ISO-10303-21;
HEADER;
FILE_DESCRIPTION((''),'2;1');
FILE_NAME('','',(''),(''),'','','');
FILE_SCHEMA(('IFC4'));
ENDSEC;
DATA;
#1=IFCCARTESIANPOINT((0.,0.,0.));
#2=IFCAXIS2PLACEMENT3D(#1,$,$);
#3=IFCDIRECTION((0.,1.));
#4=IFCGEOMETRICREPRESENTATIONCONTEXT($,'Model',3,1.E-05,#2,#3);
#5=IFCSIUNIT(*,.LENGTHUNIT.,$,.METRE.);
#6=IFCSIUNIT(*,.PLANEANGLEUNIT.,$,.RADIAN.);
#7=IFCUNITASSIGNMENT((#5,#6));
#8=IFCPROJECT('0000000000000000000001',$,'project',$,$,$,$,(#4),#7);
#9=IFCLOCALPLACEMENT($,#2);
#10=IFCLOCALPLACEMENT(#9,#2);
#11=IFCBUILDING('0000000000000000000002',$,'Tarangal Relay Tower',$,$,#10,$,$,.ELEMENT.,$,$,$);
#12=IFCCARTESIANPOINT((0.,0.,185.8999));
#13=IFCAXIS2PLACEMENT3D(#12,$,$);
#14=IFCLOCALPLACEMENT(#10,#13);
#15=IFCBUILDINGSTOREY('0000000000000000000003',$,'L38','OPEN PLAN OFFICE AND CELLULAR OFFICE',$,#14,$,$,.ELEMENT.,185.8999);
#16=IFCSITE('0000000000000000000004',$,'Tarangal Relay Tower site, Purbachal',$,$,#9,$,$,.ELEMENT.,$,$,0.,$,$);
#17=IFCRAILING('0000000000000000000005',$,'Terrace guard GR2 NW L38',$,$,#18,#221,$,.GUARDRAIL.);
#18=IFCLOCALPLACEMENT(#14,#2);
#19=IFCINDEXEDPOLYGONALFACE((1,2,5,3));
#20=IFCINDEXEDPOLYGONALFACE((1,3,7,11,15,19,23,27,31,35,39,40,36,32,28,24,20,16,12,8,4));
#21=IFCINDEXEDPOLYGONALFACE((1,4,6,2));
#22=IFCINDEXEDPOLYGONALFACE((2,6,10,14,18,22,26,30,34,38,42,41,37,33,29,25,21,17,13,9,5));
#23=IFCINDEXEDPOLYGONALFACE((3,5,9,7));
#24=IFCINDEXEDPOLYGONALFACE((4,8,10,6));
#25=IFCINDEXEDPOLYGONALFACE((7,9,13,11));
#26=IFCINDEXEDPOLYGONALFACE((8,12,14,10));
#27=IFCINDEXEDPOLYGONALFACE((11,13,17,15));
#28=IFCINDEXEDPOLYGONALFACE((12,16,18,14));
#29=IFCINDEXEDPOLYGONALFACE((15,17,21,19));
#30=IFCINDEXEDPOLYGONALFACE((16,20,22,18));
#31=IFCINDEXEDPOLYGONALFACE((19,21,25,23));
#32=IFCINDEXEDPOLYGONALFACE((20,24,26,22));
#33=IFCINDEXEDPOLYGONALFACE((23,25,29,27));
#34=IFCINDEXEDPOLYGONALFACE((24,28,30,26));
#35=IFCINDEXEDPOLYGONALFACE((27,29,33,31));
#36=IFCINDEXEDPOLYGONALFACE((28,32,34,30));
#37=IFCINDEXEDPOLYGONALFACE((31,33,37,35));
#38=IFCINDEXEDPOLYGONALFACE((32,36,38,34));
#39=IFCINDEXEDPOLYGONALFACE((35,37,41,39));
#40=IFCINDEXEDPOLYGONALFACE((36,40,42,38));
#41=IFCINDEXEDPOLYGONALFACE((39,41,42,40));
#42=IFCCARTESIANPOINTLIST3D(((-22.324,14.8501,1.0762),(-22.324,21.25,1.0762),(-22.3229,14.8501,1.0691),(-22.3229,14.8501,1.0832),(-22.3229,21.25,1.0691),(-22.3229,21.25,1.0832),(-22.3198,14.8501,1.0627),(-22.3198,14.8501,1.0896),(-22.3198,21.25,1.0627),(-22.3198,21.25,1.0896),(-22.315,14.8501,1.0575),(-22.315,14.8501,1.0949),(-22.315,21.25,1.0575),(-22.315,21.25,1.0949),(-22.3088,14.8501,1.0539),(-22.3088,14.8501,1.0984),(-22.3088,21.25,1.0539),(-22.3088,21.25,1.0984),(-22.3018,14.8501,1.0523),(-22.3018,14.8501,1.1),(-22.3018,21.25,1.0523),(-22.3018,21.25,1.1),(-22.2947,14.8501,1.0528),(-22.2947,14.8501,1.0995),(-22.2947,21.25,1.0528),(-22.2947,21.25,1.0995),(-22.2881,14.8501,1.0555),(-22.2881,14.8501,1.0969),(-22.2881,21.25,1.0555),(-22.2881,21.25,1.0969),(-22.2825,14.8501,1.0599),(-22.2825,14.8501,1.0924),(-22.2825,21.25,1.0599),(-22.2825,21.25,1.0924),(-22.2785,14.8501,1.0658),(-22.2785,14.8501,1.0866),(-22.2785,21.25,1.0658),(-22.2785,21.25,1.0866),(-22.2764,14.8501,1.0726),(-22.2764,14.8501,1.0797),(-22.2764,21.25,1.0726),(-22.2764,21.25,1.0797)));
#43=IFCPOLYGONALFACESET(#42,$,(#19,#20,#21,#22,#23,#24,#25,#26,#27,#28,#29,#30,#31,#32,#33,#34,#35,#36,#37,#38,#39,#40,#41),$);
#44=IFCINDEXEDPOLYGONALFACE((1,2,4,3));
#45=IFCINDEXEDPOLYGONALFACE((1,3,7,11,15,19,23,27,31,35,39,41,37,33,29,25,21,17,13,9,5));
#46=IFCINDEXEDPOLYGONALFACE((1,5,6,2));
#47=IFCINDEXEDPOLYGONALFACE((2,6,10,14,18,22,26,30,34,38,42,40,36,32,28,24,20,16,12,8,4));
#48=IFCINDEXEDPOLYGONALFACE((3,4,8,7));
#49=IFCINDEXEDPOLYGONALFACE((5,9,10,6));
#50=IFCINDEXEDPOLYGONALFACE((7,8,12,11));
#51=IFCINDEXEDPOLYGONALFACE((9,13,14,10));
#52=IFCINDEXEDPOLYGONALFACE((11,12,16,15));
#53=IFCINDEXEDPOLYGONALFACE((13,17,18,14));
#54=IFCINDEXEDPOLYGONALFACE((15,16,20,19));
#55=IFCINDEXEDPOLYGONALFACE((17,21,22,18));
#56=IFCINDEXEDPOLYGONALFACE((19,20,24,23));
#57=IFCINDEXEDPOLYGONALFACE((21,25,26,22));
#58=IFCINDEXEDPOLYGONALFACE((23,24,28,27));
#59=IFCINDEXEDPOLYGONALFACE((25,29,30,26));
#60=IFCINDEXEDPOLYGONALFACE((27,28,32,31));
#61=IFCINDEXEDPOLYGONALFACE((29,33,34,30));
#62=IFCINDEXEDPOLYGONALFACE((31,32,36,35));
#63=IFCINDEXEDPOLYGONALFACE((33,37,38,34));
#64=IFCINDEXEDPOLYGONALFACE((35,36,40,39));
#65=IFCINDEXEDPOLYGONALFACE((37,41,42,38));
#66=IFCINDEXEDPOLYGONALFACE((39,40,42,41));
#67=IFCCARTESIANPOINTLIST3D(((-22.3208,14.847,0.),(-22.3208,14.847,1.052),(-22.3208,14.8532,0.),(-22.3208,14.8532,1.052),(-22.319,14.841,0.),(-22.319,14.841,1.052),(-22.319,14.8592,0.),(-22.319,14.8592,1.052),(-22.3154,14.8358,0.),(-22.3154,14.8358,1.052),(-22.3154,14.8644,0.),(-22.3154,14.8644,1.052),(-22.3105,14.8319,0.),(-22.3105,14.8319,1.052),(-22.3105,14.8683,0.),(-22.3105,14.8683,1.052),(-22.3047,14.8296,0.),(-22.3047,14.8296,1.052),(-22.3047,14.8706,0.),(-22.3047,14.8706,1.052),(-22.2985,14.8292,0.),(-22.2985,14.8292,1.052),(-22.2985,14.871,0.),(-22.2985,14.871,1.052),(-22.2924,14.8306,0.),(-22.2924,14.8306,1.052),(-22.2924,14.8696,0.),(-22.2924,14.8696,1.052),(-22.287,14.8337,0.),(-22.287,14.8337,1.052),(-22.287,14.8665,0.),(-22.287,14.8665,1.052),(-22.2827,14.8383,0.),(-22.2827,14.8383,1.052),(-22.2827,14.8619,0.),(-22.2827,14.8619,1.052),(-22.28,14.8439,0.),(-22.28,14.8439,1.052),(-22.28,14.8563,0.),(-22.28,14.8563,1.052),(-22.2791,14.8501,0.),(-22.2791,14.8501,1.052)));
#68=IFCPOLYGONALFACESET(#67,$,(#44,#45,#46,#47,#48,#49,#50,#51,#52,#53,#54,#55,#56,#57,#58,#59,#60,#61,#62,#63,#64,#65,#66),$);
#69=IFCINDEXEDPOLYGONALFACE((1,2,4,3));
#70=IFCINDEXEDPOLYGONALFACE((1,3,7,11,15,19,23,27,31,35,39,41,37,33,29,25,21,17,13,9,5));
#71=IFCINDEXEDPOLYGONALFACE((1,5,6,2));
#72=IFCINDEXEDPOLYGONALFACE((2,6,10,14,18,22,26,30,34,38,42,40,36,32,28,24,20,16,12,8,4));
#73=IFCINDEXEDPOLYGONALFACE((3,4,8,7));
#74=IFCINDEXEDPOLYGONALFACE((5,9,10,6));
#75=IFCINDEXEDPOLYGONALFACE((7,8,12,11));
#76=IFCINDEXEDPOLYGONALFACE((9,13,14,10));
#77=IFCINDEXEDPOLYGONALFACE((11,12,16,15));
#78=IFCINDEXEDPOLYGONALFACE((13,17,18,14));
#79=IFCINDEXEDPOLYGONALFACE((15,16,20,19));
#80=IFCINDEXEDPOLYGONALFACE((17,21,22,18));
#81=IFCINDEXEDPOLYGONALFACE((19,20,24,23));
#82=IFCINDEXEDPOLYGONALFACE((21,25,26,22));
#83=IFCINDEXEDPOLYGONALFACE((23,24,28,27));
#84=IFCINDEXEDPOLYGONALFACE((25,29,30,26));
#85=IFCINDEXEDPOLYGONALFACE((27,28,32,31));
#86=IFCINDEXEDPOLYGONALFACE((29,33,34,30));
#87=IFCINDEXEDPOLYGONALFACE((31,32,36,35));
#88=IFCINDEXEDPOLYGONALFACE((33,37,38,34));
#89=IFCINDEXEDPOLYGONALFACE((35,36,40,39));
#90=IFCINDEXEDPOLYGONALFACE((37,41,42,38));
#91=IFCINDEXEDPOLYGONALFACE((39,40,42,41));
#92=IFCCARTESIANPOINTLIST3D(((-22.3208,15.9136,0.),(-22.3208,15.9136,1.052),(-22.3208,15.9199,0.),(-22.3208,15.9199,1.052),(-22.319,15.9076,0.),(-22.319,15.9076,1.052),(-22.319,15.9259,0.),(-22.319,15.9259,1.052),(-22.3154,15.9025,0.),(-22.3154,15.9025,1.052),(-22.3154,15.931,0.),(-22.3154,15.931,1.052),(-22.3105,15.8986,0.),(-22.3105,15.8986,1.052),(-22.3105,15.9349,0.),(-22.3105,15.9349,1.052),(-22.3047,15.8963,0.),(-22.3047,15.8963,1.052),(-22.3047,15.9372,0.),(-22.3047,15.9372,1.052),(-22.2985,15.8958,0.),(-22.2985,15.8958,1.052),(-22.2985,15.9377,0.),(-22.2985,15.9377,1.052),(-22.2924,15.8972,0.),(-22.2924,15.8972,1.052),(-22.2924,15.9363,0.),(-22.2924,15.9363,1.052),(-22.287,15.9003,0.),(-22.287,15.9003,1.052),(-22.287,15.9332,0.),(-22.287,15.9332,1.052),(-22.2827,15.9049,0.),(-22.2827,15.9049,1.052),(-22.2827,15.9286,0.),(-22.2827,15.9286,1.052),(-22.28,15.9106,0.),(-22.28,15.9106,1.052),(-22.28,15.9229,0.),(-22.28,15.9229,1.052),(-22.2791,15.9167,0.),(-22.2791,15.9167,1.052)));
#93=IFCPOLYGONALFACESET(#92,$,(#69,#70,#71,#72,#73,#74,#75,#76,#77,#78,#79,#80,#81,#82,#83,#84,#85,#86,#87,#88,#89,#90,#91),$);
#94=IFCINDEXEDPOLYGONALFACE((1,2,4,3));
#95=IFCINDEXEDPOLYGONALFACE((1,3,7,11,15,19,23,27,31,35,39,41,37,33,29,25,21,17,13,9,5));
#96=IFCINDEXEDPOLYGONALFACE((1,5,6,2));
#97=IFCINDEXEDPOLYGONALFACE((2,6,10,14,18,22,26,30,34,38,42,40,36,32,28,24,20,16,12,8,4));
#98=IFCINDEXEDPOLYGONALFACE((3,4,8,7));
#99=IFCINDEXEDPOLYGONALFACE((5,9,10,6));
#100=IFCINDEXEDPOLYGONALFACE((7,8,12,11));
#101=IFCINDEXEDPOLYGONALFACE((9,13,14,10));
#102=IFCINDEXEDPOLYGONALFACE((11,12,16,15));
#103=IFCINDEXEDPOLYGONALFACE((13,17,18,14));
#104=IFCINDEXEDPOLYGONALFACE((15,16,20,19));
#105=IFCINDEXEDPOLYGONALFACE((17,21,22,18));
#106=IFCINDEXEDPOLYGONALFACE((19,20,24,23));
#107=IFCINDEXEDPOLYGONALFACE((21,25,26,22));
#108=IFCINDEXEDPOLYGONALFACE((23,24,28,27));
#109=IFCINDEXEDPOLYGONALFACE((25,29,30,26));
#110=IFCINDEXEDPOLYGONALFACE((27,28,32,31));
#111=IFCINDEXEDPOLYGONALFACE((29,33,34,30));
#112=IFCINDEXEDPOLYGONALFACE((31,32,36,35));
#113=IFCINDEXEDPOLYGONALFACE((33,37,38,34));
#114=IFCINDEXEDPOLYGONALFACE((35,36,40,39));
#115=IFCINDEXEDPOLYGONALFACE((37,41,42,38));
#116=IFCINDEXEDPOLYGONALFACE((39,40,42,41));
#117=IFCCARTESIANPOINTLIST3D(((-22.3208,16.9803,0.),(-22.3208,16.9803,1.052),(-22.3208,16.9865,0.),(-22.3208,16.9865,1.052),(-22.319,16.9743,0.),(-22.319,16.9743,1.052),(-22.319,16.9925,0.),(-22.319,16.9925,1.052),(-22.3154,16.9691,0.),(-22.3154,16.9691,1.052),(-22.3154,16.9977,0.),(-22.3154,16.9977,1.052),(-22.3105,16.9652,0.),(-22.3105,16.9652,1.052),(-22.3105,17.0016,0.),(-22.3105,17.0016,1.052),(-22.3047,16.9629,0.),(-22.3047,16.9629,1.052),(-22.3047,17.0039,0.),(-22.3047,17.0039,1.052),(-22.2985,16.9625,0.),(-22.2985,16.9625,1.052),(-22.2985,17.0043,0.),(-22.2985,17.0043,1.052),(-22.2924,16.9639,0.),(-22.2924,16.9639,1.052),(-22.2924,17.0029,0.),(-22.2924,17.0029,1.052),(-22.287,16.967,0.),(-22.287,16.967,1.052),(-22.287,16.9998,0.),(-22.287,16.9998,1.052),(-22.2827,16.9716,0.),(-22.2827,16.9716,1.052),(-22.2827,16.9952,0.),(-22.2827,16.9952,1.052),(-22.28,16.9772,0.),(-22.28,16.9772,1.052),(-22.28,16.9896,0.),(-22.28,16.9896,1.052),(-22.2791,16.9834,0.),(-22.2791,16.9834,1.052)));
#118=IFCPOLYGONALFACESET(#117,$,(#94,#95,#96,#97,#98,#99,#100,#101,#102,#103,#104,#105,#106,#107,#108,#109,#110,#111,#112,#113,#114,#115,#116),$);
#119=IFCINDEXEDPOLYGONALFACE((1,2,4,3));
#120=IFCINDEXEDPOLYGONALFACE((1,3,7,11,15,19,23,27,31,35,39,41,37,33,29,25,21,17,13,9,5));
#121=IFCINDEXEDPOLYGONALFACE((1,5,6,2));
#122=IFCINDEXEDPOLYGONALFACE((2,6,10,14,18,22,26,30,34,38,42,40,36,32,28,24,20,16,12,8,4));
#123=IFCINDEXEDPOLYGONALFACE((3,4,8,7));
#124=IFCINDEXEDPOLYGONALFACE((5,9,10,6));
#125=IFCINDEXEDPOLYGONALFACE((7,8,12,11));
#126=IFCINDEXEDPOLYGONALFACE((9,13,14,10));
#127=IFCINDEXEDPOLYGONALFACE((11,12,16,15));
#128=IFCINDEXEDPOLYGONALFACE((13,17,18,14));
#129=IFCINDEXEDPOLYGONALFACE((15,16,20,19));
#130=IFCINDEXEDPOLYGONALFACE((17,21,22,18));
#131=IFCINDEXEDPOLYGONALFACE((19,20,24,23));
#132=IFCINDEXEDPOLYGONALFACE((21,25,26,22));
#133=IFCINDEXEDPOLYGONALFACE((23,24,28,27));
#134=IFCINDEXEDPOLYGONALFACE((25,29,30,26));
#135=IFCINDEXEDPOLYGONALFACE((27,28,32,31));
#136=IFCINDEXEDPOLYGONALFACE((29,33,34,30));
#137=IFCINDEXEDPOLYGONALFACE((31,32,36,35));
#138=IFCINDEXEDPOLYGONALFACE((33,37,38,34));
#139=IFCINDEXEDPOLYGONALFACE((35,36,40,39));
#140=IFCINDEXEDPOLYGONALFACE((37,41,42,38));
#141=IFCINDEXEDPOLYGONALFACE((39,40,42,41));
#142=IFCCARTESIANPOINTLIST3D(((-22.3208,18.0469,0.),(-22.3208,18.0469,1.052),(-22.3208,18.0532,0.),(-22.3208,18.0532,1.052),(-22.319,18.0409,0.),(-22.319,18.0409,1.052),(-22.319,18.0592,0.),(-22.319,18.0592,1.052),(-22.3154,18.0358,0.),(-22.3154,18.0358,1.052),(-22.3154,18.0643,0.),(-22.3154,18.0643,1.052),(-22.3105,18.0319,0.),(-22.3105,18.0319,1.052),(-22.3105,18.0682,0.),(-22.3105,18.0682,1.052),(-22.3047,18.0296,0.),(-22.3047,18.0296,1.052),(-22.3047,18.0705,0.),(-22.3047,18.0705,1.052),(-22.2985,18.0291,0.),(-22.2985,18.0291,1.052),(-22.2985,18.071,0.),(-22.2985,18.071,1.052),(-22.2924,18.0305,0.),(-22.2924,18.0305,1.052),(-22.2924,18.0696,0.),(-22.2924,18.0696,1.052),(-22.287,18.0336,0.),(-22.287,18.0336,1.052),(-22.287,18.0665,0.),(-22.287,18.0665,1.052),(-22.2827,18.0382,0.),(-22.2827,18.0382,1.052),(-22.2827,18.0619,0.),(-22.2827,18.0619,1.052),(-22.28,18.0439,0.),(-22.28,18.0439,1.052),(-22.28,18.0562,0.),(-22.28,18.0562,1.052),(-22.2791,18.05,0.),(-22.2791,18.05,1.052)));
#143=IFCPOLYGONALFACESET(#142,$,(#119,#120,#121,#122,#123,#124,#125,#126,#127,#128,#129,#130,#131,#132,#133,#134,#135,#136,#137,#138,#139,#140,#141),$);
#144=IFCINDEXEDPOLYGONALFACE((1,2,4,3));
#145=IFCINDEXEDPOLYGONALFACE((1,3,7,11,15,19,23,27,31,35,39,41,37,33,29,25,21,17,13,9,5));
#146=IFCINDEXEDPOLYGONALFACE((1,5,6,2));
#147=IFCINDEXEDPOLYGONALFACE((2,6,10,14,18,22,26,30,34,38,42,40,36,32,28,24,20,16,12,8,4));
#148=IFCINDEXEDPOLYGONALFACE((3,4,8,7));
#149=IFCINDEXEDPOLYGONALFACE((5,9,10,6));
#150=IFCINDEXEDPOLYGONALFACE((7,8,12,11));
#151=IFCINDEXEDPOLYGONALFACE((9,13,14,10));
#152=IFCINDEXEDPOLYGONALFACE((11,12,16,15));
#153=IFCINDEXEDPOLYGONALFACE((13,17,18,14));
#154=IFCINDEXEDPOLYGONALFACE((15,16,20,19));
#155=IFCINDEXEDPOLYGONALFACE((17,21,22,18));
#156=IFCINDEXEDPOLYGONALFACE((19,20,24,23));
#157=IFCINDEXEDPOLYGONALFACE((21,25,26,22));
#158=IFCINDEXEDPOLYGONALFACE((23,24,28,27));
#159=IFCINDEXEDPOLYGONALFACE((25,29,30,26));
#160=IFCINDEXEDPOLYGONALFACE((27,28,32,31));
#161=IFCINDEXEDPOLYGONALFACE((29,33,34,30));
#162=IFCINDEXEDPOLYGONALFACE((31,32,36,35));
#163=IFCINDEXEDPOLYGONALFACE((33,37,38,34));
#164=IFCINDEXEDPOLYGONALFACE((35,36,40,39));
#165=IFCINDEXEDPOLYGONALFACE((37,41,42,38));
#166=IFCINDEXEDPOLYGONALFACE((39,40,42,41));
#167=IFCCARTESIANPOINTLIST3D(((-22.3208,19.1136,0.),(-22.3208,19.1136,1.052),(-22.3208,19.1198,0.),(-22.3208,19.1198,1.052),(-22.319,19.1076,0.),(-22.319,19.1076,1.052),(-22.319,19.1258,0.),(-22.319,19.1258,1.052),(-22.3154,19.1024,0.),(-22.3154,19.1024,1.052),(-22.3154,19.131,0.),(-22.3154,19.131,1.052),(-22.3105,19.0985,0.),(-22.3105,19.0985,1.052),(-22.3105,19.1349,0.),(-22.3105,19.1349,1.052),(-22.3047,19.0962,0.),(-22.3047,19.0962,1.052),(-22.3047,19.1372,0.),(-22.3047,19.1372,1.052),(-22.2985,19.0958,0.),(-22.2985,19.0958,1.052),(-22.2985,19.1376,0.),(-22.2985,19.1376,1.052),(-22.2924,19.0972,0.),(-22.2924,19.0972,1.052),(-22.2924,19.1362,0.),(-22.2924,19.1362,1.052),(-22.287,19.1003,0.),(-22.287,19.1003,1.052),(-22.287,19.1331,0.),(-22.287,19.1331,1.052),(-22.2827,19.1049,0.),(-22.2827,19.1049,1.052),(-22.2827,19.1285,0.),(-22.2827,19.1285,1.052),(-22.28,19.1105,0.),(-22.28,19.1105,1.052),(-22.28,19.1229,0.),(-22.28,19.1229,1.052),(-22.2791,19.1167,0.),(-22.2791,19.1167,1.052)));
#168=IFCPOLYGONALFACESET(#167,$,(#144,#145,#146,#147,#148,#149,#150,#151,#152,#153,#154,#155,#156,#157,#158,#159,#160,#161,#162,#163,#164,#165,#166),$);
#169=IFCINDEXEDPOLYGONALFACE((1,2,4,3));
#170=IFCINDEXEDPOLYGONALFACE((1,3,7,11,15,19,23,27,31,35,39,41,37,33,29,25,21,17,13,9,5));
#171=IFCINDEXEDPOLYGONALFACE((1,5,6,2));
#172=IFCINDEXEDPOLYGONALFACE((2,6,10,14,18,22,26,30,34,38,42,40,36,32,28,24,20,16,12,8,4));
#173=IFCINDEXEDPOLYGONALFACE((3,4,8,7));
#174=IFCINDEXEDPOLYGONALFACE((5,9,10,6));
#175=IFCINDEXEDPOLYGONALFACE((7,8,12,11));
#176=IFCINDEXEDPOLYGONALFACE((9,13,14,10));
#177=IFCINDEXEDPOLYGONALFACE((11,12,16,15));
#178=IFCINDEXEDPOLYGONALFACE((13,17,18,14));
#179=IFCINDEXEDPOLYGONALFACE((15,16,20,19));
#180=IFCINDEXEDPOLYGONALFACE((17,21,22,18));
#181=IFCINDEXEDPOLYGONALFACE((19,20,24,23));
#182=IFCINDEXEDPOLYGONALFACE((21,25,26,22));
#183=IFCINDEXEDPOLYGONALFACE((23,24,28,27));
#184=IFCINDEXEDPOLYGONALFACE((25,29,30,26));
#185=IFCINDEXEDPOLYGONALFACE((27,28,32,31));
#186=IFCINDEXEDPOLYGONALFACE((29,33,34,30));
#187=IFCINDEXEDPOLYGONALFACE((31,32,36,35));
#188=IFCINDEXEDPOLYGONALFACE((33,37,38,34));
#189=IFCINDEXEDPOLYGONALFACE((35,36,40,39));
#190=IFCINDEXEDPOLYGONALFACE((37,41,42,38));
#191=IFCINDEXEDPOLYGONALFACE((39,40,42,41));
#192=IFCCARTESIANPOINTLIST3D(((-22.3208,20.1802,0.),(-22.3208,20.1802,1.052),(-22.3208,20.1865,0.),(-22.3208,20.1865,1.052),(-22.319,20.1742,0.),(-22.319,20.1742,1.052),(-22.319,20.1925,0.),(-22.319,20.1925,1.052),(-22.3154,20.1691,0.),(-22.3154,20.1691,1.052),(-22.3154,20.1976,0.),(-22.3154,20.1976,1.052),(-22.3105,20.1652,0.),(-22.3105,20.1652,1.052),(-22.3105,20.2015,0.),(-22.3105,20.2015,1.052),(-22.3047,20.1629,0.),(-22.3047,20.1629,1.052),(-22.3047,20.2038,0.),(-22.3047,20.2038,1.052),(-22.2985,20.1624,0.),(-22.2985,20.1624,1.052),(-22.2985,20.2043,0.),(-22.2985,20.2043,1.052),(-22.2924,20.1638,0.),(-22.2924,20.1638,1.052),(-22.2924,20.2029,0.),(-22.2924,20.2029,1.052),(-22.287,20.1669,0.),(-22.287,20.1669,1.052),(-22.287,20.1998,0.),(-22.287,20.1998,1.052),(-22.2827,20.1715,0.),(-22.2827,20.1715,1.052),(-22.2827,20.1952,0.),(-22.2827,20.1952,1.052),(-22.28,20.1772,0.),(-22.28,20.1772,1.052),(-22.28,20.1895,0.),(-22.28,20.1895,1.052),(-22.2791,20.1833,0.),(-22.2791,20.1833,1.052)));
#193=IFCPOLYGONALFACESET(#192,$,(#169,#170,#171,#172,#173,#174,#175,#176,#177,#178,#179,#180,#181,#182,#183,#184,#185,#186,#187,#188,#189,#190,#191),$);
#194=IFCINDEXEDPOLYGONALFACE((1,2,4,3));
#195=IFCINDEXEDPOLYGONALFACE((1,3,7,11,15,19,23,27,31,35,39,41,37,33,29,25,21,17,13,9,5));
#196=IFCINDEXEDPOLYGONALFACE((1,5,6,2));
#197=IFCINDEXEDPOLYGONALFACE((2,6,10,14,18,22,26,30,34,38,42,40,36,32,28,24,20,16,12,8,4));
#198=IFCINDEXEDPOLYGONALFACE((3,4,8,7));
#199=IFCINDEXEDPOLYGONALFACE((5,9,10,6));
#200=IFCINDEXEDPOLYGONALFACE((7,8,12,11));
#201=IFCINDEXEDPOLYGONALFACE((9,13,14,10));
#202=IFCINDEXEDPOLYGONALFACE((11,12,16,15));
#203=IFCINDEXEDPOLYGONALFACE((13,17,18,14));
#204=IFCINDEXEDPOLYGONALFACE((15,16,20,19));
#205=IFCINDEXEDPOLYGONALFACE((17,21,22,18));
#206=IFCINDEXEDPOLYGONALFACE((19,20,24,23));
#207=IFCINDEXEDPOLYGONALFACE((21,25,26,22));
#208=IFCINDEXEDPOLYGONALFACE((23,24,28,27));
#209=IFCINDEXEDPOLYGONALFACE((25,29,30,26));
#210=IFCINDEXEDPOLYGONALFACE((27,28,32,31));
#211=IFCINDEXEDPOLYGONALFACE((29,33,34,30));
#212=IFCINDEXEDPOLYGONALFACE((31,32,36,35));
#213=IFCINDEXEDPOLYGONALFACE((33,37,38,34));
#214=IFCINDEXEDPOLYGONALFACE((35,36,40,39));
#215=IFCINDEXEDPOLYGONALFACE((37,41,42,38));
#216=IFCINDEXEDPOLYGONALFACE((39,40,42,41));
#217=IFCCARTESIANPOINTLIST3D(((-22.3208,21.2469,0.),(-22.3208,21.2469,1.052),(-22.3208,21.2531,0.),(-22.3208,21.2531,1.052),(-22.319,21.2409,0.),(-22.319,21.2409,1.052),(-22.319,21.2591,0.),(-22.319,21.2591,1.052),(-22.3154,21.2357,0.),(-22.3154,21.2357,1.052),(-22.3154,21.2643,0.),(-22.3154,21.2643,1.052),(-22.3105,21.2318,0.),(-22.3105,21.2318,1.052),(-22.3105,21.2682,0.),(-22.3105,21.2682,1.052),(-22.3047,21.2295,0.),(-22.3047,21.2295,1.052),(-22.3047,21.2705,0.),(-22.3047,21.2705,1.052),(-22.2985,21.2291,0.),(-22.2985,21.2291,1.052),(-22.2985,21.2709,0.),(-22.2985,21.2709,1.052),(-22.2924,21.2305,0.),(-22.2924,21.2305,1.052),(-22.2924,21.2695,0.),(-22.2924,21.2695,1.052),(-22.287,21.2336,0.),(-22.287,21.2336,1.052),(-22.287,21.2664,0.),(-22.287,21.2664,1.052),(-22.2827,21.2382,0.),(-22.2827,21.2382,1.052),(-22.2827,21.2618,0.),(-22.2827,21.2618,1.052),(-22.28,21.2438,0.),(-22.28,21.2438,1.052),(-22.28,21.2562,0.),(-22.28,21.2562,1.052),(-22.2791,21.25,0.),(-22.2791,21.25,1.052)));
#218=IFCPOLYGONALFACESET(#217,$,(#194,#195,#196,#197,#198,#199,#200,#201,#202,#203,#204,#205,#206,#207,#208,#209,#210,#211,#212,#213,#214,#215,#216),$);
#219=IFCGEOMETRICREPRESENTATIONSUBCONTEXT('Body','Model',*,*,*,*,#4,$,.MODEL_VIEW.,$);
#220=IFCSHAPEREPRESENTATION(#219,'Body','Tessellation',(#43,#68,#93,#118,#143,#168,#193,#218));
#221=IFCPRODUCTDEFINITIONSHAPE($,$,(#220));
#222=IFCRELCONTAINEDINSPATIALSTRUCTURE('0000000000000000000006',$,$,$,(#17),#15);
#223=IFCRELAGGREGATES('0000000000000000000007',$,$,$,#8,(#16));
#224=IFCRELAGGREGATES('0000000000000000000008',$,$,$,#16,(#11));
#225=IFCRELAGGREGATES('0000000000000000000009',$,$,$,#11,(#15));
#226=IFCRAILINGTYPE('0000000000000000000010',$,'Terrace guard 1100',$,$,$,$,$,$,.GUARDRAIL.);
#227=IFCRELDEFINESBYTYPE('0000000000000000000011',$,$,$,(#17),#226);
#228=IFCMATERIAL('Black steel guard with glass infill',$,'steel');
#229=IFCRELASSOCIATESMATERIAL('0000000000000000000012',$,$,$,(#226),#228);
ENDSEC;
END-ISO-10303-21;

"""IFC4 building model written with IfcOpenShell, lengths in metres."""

from ifc_helpers import new_model, si_unit, direction, frame, origin, origin_2d, place, context, subcontext, project, spatial, circle, extrude, material, type_object, element, save


model = new_model("IFC4")

# Units and contexts
model_context = context("Model", 3, precision=1e-05, world=origin(), true_north=direction((0.0, 1.0)))
body_context = subcontext(model_context, "Body", "Model", "MODEL_VIEW")
ifc_project = project(units=[si_unit("LENGTHUNIT", "METRE"), si_unit("PLANEANGLEUNIT", "RADIAN")], contexts=[model_context])

# Site, building, storey
site_placement = place(None, origin())
site = spatial("IfcSite", under=ifc_project, at=site_placement, Name="Tarangal Relay Tower site, Purbachal", CompositionType="ELEMENT", RefElevation=0.0)
building_placement = place(site_placement, origin())
building = spatial("IfcBuilding", under=site, at=building_placement, Name="Tarangal Relay Tower", CompositionType="ELEMENT")
storey_placement = place(building_placement, frame((0.0, 0.0, 185.8999)))
storey = spatial("IfcBuildingStorey", under=building, at=storey_placement, Name="L38", Description="OPEN PLAN OFFICE AND CELLULAR OFFICE", CompositionType="ELEMENT", Elevation=185.8999)

# Railing
ifc_material_1 = material(Name="Black steel guard with glass infill", Category="steel")
railing_type = type_object("IfcRailingType", Name="Terrace guard 1100", PredefinedType="GUARDRAIL", material=ifc_material_1)
railing_1_placement = place(storey_placement, frame((-22.3, 14.8501, 0.0)))
element("IfcRailing", 1, at=railing_1_placement, inside=storey, type_object=railing_type, Name="Terrace guard GR2 NW L38", PredefinedType="GUARDRAIL", context=body_context, shape_type="SweptSolid", body=[
    extrude(circle(Radius=0.0239, at=origin_2d()), frame((0.0, 0.0, 1.0762), z_axis=(0.0, 1.0, 0.0), x_axis=(-1.0, 0.0, 0.0)), (0.0, 0.0, 1.0), 6.3999),
    extrude(circle(Radius=0.021, at=origin_2d()), origin(), (0.0, 0.0, 1.0), 1.052),
    extrude(circle(Radius=0.021, at=origin_2d()), frame((0.0, 1.0667, 0.0)), (0.0, 0.0, 1.0), 1.052),
    extrude(circle(Radius=0.021, at=origin_2d()), frame((0.0, 2.1333, 0.0)), (0.0, 0.0, 1.0), 1.052),
    extrude(circle(Radius=0.021, at=origin_2d()), frame((0.0, 3.2, 0.0)), (0.0, 0.0, 1.0), 1.052),
    extrude(circle(Radius=0.021, at=origin_2d()), frame((0.0, 4.2666, 0.0)), (0.0, 0.0, 1.0), 1.052),
    extrude(circle(Radius=0.021, at=origin_2d()), frame((0.0, 5.3333, 0.0)), (0.0, 0.0, 1.0), 1.052),
    extrude(circle(Radius=0.021, at=origin_2d()), frame((0.0, 6.3999, 0.0)), (0.0, 0.0, 1.0), 1.052),
])

save(model, "model.ifc")
